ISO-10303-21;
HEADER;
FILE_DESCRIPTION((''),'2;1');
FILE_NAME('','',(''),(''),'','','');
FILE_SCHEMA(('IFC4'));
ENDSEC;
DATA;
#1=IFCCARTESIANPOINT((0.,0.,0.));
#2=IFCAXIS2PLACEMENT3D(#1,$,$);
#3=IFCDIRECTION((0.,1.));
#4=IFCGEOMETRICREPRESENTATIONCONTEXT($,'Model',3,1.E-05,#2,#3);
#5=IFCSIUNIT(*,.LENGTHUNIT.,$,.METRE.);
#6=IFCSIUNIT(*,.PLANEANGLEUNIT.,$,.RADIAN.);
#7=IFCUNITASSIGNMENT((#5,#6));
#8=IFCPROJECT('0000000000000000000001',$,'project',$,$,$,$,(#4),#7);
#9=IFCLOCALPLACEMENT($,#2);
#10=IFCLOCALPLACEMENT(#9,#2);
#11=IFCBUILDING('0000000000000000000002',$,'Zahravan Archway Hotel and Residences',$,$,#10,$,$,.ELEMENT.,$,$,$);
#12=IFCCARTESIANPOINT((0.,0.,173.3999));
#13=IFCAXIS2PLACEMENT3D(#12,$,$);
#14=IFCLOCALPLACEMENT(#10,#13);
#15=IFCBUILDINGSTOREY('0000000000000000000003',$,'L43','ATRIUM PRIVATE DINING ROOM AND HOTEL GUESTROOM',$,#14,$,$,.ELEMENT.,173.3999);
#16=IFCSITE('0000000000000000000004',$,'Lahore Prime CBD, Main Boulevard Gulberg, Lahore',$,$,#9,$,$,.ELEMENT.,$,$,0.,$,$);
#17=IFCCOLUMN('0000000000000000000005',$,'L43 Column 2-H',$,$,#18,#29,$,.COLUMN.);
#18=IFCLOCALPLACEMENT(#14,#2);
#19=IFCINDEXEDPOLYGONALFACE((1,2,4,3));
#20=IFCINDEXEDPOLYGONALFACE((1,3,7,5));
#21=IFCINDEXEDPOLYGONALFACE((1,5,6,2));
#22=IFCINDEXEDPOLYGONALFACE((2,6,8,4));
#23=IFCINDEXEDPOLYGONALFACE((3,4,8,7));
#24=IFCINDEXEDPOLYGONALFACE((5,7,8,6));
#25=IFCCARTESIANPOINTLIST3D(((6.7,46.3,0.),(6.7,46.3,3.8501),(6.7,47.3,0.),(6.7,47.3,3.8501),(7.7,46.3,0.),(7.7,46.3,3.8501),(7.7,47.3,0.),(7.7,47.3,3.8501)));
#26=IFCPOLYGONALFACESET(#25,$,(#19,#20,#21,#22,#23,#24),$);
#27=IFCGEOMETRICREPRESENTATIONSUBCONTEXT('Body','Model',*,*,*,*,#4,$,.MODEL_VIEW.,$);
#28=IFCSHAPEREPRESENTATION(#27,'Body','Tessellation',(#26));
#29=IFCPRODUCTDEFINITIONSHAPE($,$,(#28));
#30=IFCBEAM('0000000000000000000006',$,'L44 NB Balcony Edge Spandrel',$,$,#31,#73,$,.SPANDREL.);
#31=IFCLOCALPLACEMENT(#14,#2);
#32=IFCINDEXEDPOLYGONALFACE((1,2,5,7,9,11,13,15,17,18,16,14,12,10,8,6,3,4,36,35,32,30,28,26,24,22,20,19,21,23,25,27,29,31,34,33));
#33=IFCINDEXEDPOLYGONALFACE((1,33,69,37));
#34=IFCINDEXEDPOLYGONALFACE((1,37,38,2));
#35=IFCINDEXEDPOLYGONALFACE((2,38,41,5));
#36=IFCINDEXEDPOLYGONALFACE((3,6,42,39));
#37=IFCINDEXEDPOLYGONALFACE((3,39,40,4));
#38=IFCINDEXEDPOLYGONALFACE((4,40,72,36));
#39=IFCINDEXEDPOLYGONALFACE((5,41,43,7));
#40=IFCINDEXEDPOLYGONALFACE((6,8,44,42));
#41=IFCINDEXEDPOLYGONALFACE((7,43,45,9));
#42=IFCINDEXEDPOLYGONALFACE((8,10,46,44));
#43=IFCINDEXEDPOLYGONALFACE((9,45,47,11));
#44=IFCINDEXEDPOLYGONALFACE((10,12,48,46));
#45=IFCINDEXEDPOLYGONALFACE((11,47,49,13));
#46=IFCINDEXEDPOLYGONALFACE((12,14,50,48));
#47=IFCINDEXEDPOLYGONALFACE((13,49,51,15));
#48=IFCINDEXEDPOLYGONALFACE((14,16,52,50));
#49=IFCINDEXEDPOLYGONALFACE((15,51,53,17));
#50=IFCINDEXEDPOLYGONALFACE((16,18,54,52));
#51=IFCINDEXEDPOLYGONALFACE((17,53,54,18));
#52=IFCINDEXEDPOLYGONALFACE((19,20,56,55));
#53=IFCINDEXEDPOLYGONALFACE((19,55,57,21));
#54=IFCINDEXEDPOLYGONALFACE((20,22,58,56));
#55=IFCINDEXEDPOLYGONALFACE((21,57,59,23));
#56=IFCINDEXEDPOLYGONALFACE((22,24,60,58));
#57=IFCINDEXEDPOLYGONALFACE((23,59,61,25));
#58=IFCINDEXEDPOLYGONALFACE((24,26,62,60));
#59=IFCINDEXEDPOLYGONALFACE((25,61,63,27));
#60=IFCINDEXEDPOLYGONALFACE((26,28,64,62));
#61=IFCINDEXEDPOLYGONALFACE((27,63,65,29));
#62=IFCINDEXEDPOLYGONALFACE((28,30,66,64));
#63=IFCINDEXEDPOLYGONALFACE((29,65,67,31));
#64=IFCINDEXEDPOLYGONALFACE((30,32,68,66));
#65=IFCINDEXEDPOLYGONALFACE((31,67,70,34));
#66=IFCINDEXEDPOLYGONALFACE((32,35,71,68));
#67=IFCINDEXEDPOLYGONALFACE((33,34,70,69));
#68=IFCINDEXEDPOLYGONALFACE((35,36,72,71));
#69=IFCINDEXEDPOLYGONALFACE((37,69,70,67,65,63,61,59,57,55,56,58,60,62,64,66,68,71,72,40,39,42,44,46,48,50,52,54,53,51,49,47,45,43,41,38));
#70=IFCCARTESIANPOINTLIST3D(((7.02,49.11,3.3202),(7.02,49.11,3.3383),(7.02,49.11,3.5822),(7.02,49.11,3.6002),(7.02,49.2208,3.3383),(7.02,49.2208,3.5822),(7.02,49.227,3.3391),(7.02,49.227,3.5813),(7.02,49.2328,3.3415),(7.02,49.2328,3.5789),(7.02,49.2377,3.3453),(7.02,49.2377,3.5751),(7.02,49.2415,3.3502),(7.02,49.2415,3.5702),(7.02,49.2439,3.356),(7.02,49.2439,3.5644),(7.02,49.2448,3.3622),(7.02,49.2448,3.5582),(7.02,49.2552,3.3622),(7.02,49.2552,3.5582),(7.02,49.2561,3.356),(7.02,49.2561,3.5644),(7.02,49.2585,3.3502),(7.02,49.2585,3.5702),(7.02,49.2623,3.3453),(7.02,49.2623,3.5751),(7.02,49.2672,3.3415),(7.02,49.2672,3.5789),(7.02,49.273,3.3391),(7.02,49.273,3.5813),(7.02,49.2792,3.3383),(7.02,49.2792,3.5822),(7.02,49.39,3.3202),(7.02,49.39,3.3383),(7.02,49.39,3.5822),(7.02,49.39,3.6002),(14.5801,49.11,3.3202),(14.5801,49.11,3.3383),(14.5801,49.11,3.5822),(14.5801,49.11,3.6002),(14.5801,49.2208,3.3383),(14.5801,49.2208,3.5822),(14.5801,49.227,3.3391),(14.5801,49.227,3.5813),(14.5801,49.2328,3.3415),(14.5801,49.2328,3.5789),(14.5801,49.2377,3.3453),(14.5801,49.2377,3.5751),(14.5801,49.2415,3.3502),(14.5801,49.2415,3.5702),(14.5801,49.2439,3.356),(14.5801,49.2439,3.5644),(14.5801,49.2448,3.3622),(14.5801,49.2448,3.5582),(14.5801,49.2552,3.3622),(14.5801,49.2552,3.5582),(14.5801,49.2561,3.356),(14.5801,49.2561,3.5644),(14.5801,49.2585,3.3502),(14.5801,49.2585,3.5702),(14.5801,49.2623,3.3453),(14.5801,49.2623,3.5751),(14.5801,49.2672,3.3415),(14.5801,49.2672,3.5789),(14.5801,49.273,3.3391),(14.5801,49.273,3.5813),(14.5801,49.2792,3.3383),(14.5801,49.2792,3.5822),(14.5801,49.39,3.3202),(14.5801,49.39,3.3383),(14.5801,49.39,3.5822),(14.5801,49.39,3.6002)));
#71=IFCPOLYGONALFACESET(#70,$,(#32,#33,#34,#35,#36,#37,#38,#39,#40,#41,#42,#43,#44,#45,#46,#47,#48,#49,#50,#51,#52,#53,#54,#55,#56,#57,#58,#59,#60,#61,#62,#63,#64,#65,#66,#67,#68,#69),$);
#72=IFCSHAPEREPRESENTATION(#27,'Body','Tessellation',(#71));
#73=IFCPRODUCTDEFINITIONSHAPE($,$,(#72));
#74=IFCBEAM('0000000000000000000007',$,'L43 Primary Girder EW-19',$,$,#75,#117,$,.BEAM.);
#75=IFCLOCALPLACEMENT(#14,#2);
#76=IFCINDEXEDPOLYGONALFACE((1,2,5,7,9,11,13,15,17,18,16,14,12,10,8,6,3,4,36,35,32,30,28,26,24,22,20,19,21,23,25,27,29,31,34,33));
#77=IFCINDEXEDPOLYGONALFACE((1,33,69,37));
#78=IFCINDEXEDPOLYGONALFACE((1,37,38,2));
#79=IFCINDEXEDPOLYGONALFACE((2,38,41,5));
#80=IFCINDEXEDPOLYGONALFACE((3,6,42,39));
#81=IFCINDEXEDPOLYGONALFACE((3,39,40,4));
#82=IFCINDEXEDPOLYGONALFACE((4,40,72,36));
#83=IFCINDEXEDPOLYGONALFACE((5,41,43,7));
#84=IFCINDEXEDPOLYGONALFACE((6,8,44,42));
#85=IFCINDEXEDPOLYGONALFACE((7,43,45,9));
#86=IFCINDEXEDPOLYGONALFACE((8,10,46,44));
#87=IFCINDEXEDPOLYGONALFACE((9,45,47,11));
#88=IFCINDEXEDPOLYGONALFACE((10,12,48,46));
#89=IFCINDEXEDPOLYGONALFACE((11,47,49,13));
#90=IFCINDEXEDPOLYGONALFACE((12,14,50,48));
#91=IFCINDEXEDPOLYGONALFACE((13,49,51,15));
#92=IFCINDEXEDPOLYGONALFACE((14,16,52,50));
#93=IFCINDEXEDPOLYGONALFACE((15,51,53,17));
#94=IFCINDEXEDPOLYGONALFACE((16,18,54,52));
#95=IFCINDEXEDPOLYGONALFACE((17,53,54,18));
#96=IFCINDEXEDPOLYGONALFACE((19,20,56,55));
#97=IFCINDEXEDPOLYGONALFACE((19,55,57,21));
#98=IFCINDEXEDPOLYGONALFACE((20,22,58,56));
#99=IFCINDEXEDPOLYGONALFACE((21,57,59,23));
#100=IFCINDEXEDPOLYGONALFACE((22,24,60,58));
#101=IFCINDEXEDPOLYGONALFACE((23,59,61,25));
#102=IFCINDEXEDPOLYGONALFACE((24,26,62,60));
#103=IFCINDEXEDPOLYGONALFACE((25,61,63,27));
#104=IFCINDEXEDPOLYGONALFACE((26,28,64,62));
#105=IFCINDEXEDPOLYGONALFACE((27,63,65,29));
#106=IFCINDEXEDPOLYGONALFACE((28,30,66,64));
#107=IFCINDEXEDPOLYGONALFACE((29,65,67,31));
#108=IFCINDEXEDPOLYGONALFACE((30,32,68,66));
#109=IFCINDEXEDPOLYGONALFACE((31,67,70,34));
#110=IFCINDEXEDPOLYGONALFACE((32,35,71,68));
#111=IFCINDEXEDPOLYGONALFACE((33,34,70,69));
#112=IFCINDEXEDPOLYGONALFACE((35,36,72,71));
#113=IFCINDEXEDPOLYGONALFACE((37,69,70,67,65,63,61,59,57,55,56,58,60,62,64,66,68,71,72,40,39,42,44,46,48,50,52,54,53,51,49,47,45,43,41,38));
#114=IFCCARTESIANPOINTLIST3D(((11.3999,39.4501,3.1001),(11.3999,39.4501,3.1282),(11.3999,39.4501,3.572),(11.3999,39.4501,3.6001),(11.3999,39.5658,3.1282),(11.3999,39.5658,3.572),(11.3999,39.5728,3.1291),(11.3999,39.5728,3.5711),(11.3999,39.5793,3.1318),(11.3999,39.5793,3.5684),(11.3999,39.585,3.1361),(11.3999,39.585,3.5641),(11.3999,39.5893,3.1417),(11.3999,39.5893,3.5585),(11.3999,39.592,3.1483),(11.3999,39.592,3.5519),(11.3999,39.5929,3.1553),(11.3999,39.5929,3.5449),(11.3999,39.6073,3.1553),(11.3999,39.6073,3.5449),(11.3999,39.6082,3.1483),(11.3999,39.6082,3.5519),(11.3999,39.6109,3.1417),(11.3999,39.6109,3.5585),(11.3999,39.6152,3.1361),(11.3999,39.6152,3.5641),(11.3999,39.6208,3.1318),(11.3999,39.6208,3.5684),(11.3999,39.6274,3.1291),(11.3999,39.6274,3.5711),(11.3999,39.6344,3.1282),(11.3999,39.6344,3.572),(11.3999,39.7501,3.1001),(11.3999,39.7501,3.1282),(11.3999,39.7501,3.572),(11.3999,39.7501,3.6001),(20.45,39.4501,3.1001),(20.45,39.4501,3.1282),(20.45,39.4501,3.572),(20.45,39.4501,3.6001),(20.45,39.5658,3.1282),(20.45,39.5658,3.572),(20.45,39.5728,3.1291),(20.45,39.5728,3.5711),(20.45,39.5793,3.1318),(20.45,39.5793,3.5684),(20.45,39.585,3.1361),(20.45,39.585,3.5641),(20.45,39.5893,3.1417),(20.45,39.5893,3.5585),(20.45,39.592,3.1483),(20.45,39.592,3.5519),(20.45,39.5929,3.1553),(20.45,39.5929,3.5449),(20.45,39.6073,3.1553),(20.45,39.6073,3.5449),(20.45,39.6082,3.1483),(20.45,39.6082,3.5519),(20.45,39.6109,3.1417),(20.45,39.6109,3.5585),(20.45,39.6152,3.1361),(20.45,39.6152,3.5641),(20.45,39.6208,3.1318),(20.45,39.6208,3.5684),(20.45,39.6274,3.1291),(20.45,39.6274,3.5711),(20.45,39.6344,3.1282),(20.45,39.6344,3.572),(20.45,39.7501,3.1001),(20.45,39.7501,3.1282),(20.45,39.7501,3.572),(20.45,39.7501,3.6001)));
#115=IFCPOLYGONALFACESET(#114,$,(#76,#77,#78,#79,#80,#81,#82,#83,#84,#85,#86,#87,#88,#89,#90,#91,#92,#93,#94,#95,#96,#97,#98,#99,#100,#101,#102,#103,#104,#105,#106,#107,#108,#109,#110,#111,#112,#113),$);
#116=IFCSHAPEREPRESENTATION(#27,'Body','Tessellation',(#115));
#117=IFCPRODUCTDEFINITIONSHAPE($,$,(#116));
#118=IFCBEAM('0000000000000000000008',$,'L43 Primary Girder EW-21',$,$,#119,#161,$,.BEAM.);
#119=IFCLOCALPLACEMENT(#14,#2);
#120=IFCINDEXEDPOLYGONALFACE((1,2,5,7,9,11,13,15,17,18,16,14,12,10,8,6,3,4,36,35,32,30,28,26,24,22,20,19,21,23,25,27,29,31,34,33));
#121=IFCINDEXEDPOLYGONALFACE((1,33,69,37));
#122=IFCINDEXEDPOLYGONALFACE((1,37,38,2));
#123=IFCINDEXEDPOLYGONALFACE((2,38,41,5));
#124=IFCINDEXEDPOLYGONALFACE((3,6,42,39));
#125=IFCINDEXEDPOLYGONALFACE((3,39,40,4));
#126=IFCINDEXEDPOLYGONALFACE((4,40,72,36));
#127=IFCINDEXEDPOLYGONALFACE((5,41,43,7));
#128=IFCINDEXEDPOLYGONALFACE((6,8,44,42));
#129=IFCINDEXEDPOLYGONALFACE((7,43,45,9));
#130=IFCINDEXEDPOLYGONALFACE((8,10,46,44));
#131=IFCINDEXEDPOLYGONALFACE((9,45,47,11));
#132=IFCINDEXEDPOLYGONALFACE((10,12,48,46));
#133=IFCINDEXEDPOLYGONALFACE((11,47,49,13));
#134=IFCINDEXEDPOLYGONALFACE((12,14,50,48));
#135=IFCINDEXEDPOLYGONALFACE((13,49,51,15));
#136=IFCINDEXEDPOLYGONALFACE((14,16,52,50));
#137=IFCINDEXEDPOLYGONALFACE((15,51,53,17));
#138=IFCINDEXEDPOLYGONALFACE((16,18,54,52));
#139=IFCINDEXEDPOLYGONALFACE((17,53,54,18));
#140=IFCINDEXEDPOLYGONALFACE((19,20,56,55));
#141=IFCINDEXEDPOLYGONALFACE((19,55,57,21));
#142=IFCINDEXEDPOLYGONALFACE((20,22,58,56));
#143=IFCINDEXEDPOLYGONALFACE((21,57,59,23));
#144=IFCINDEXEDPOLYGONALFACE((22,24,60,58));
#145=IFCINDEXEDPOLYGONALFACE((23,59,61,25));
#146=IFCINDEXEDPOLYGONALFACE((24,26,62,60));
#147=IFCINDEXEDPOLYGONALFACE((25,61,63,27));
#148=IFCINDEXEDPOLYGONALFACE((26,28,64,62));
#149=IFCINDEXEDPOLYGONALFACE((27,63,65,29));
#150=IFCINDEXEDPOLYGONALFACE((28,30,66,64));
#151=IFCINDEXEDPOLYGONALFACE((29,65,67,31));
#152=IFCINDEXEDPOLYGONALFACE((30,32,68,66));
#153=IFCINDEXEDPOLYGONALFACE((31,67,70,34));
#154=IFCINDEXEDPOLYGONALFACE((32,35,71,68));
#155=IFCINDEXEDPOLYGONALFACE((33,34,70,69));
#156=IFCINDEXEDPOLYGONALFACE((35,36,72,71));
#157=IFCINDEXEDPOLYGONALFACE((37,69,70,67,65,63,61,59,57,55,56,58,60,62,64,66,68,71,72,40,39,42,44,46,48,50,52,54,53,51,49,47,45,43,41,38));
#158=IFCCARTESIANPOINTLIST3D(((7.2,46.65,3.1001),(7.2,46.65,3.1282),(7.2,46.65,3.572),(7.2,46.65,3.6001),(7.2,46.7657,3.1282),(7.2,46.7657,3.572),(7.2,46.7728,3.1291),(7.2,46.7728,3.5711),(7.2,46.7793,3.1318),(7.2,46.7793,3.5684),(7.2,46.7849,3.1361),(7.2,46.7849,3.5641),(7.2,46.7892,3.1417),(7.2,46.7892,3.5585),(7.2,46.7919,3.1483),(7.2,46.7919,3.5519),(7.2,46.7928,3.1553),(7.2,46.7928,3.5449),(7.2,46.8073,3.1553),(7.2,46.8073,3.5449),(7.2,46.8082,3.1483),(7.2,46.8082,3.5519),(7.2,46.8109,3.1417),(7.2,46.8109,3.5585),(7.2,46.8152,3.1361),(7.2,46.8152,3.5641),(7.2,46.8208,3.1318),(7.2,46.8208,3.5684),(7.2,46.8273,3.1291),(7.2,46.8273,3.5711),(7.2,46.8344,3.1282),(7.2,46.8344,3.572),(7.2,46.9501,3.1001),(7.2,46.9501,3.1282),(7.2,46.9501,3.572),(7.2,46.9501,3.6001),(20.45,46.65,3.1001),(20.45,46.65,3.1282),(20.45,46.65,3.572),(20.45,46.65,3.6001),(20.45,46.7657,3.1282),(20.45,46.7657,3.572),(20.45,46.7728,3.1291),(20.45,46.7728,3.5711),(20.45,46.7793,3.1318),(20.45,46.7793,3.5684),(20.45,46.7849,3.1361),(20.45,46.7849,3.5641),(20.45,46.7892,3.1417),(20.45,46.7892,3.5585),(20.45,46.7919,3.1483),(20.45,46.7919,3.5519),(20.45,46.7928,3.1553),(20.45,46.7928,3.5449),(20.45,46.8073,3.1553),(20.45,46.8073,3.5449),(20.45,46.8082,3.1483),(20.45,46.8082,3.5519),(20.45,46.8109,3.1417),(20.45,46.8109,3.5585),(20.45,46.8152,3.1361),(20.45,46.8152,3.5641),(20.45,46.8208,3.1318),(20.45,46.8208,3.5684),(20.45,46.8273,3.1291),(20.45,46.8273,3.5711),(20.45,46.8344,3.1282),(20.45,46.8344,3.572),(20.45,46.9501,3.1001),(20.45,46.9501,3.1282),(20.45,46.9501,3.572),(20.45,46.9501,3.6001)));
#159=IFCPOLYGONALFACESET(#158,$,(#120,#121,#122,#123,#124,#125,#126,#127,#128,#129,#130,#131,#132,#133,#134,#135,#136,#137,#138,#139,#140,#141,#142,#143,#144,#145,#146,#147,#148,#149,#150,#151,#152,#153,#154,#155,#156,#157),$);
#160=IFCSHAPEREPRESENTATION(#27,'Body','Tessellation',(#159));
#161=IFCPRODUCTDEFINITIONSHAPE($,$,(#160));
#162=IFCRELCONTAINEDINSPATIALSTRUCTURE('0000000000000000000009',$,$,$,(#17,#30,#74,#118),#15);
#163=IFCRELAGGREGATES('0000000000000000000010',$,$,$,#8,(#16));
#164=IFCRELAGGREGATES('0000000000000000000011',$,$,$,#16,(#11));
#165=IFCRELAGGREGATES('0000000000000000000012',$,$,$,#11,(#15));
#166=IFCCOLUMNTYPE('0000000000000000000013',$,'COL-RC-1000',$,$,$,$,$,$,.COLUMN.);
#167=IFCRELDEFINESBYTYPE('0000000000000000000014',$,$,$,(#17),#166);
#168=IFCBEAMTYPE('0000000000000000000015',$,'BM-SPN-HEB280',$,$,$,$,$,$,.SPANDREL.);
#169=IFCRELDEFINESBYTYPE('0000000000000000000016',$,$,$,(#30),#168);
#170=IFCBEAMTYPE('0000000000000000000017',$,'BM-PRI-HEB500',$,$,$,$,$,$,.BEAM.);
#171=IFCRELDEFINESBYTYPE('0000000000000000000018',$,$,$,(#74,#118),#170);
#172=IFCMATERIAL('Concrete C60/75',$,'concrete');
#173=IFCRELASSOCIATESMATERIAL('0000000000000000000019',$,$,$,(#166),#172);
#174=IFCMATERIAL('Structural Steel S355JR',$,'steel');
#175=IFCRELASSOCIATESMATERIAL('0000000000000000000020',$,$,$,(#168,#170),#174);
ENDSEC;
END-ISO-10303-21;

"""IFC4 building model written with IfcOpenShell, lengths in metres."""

from ifc_helpers import new_model, si_unit, direction, frame, origin, origin_2d, place, context, subcontext, project, spatial, rectangle, i_section, extrude, source, transform, mapped, material, material_profile, profile_set, type_object, type_shapes, element, save


model = new_model("IFC4")

# Units and contexts
model_context = context("Model", 3, precision=1e-05, world=origin(), true_north=direction((0.0, 1.0)))
body_context = subcontext(model_context, "Body", "Model", "MODEL_VIEW")
ifc_project = project(units=[si_unit("LENGTHUNIT", "METRE"), si_unit("PLANEANGLEUNIT", "RADIAN")], contexts=[model_context])

# Site, building, storey
site_placement = place(None, origin())
site = spatial("IfcSite", under=ifc_project, at=site_placement, Name="Lahore Prime CBD, Main Boulevard Gulberg, Lahore", CompositionType="ELEMENT", RefElevation=0.0)
building_placement = place(site_placement, origin())
building = spatial("IfcBuilding", under=site, at=building_placement, Name="Zahravan Archway Hotel and Residences", CompositionType="ELEMENT")
storey_placement = place(building_placement, frame((0.0, 0.0, 173.3999)))
storey = spatial("IfcBuildingStorey", under=building, at=storey_placement, Name="L43", Description="ATRIUM PRIVATE DINING ROOM AND HOTEL GUESTROOM", CompositionType="ELEMENT", Elevation=173.3999)

# Column
ifc_material_1 = material(Name="Concrete C60/75", Category="concrete")
ifc_material_profile_1 = material_profile(ifc_material_1, rectangle(XDim=1.0, YDim=1.0, at=origin_2d()), Name="RC-COL-1000x1000", Category="concrete")
ifc_profile_set_1 = profile_set([ifc_material_profile_1], Name="Concrete C60/75")
column_type = type_object("IfcColumnType", Name="COL-RC-1000", PredefinedType="COLUMN", material=ifc_profile_set_1)
shared_shape_1 = source(origin(), body_context, "Body", "SweptSolid", [
    extrude(rectangle(XDim=1.0, YDim=1.0, at=origin_2d()), origin(), (0.0, 0.0, 1.0), 3.8501),
])
column_placement = place(storey_placement, frame((7.2, 46.8, 0.0), z_axis=(0.0, 0.0, 1.0), x_axis=(1.0, 0.0, 0.0)))
element("IfcColumn", 1, at=column_placement, inside=storey, type_object=column_type, Name="L43 Column 2-H", PredefinedType="COLUMN", context=body_context, shape_type="MappedRepresentation", body=[
    mapped(shared_shape_1, transform((0.0, 0.0, 0.0), scale=1.0)),
])

# Beams
ifc_material_2 = material(Name="Structural Steel S355JR", Category="steel")
ifc_material_profile_2 = material_profile(ifc_material_2, i_section(OverallWidth=0.28, OverallDepth=0.28, WebThickness=0.0105, FlangeThickness=0.0181, FilletRadius=0.0239, at=origin_2d()), Name="HEB 280", Category="steel")
ifc_profile_set_2 = profile_set([ifc_material_profile_2], Name="Structural Steel S355JR")
beam_type_1 = type_object("IfcBeamType", Name="BM-SPN-HEB280", PredefinedType="SPANDREL", material=ifc_profile_set_2)
shared_shape_2 = source(origin(), body_context, "Body", "SweptSolid", [
    extrude(i_section(OverallWidth=0.28, OverallDepth=0.28, WebThickness=0.0105, FlangeThickness=0.0181, FilletRadius=0.0239, at=origin_2d()), origin(), (0.0, 0.0, 1.0), 7.5601),
])
type_shapes(beam_type_1, [shared_shape_2])
beam_1_placement = place(storey_placement, frame((7.02, 49.25, 3.4602), z_axis=(1.0, 0.0, 0.0), x_axis=(0.0, 1.0, 0.0)))
element("IfcBeam", 2, at=beam_1_placement, inside=storey, type_object=beam_type_1, Name="L44 NB Balcony Edge Spandrel", PredefinedType="SPANDREL", context=body_context, shape_type="MappedRepresentation", body=[
    mapped(shared_shape_2, transform((0.0, 0.0, 0.0), scale=1.0)),
])
ifc_material_profile_3 = material_profile(ifc_material_2, i_section(OverallWidth=0.3, OverallDepth=0.5, WebThickness=0.0144, FlangeThickness=0.0281, FilletRadius=0.0271, at=origin_2d()), Name="HEB 500", Category="steel")
ifc_profile_set_3 = profile_set([ifc_material_profile_3], Name="Structural Steel S355JR")
beam_type_2 = type_object("IfcBeamType", Name="BM-PRI-HEB500", PredefinedType="BEAM", material=ifc_profile_set_3)
shared_shape_3 = source(origin(), body_context, "Body", "SweptSolid", [
    extrude(i_section(OverallWidth=0.3, OverallDepth=0.5, WebThickness=0.0144, FlangeThickness=0.0281, FilletRadius=0.0271, at=origin_2d()), origin(), (0.0, 0.0, 1.0), 9.05),
])
beam_2_placement = place(storey_placement, frame((11.3999, 39.6001, 3.3501), z_axis=(1.0, 0.0, 0.0), x_axis=(0.0, 1.0, 0.0)))
element("IfcBeam", 3, at=beam_2_placement, inside=storey, type_object=beam_type_2, Name="L43 Primary Girder EW-19", PredefinedType="BEAM", context=body_context, shape_type="MappedRepresentation", body=[
    mapped(shared_shape_3, transform((0.0, 0.0, 0.0), scale=1.0)),
])
shared_shape_4 = source(origin(), body_context, "Body", "SweptSolid", [
    extrude(i_section(OverallWidth=0.3, OverallDepth=0.5, WebThickness=0.0144, FlangeThickness=0.0281, FilletRadius=0.0271, at=origin_2d()), origin(), (0.0, 0.0, 1.0), 13.25),
])
beam_3_placement = place(storey_placement, frame((7.2, 46.8, 3.3501), z_axis=(1.0, 0.0, 0.0), x_axis=(0.0, 1.0, 0.0)))
element("IfcBeam", 4, at=beam_3_placement, inside=storey, type_object=beam_type_2, Name="L43 Primary Girder EW-21", PredefinedType="BEAM", context=body_context, shape_type="MappedRepresentation", body=[
    mapped(shared_shape_4, transform((0.0, 0.0, 0.0), scale=1.0)),
])

save(model, "model.ifc")
